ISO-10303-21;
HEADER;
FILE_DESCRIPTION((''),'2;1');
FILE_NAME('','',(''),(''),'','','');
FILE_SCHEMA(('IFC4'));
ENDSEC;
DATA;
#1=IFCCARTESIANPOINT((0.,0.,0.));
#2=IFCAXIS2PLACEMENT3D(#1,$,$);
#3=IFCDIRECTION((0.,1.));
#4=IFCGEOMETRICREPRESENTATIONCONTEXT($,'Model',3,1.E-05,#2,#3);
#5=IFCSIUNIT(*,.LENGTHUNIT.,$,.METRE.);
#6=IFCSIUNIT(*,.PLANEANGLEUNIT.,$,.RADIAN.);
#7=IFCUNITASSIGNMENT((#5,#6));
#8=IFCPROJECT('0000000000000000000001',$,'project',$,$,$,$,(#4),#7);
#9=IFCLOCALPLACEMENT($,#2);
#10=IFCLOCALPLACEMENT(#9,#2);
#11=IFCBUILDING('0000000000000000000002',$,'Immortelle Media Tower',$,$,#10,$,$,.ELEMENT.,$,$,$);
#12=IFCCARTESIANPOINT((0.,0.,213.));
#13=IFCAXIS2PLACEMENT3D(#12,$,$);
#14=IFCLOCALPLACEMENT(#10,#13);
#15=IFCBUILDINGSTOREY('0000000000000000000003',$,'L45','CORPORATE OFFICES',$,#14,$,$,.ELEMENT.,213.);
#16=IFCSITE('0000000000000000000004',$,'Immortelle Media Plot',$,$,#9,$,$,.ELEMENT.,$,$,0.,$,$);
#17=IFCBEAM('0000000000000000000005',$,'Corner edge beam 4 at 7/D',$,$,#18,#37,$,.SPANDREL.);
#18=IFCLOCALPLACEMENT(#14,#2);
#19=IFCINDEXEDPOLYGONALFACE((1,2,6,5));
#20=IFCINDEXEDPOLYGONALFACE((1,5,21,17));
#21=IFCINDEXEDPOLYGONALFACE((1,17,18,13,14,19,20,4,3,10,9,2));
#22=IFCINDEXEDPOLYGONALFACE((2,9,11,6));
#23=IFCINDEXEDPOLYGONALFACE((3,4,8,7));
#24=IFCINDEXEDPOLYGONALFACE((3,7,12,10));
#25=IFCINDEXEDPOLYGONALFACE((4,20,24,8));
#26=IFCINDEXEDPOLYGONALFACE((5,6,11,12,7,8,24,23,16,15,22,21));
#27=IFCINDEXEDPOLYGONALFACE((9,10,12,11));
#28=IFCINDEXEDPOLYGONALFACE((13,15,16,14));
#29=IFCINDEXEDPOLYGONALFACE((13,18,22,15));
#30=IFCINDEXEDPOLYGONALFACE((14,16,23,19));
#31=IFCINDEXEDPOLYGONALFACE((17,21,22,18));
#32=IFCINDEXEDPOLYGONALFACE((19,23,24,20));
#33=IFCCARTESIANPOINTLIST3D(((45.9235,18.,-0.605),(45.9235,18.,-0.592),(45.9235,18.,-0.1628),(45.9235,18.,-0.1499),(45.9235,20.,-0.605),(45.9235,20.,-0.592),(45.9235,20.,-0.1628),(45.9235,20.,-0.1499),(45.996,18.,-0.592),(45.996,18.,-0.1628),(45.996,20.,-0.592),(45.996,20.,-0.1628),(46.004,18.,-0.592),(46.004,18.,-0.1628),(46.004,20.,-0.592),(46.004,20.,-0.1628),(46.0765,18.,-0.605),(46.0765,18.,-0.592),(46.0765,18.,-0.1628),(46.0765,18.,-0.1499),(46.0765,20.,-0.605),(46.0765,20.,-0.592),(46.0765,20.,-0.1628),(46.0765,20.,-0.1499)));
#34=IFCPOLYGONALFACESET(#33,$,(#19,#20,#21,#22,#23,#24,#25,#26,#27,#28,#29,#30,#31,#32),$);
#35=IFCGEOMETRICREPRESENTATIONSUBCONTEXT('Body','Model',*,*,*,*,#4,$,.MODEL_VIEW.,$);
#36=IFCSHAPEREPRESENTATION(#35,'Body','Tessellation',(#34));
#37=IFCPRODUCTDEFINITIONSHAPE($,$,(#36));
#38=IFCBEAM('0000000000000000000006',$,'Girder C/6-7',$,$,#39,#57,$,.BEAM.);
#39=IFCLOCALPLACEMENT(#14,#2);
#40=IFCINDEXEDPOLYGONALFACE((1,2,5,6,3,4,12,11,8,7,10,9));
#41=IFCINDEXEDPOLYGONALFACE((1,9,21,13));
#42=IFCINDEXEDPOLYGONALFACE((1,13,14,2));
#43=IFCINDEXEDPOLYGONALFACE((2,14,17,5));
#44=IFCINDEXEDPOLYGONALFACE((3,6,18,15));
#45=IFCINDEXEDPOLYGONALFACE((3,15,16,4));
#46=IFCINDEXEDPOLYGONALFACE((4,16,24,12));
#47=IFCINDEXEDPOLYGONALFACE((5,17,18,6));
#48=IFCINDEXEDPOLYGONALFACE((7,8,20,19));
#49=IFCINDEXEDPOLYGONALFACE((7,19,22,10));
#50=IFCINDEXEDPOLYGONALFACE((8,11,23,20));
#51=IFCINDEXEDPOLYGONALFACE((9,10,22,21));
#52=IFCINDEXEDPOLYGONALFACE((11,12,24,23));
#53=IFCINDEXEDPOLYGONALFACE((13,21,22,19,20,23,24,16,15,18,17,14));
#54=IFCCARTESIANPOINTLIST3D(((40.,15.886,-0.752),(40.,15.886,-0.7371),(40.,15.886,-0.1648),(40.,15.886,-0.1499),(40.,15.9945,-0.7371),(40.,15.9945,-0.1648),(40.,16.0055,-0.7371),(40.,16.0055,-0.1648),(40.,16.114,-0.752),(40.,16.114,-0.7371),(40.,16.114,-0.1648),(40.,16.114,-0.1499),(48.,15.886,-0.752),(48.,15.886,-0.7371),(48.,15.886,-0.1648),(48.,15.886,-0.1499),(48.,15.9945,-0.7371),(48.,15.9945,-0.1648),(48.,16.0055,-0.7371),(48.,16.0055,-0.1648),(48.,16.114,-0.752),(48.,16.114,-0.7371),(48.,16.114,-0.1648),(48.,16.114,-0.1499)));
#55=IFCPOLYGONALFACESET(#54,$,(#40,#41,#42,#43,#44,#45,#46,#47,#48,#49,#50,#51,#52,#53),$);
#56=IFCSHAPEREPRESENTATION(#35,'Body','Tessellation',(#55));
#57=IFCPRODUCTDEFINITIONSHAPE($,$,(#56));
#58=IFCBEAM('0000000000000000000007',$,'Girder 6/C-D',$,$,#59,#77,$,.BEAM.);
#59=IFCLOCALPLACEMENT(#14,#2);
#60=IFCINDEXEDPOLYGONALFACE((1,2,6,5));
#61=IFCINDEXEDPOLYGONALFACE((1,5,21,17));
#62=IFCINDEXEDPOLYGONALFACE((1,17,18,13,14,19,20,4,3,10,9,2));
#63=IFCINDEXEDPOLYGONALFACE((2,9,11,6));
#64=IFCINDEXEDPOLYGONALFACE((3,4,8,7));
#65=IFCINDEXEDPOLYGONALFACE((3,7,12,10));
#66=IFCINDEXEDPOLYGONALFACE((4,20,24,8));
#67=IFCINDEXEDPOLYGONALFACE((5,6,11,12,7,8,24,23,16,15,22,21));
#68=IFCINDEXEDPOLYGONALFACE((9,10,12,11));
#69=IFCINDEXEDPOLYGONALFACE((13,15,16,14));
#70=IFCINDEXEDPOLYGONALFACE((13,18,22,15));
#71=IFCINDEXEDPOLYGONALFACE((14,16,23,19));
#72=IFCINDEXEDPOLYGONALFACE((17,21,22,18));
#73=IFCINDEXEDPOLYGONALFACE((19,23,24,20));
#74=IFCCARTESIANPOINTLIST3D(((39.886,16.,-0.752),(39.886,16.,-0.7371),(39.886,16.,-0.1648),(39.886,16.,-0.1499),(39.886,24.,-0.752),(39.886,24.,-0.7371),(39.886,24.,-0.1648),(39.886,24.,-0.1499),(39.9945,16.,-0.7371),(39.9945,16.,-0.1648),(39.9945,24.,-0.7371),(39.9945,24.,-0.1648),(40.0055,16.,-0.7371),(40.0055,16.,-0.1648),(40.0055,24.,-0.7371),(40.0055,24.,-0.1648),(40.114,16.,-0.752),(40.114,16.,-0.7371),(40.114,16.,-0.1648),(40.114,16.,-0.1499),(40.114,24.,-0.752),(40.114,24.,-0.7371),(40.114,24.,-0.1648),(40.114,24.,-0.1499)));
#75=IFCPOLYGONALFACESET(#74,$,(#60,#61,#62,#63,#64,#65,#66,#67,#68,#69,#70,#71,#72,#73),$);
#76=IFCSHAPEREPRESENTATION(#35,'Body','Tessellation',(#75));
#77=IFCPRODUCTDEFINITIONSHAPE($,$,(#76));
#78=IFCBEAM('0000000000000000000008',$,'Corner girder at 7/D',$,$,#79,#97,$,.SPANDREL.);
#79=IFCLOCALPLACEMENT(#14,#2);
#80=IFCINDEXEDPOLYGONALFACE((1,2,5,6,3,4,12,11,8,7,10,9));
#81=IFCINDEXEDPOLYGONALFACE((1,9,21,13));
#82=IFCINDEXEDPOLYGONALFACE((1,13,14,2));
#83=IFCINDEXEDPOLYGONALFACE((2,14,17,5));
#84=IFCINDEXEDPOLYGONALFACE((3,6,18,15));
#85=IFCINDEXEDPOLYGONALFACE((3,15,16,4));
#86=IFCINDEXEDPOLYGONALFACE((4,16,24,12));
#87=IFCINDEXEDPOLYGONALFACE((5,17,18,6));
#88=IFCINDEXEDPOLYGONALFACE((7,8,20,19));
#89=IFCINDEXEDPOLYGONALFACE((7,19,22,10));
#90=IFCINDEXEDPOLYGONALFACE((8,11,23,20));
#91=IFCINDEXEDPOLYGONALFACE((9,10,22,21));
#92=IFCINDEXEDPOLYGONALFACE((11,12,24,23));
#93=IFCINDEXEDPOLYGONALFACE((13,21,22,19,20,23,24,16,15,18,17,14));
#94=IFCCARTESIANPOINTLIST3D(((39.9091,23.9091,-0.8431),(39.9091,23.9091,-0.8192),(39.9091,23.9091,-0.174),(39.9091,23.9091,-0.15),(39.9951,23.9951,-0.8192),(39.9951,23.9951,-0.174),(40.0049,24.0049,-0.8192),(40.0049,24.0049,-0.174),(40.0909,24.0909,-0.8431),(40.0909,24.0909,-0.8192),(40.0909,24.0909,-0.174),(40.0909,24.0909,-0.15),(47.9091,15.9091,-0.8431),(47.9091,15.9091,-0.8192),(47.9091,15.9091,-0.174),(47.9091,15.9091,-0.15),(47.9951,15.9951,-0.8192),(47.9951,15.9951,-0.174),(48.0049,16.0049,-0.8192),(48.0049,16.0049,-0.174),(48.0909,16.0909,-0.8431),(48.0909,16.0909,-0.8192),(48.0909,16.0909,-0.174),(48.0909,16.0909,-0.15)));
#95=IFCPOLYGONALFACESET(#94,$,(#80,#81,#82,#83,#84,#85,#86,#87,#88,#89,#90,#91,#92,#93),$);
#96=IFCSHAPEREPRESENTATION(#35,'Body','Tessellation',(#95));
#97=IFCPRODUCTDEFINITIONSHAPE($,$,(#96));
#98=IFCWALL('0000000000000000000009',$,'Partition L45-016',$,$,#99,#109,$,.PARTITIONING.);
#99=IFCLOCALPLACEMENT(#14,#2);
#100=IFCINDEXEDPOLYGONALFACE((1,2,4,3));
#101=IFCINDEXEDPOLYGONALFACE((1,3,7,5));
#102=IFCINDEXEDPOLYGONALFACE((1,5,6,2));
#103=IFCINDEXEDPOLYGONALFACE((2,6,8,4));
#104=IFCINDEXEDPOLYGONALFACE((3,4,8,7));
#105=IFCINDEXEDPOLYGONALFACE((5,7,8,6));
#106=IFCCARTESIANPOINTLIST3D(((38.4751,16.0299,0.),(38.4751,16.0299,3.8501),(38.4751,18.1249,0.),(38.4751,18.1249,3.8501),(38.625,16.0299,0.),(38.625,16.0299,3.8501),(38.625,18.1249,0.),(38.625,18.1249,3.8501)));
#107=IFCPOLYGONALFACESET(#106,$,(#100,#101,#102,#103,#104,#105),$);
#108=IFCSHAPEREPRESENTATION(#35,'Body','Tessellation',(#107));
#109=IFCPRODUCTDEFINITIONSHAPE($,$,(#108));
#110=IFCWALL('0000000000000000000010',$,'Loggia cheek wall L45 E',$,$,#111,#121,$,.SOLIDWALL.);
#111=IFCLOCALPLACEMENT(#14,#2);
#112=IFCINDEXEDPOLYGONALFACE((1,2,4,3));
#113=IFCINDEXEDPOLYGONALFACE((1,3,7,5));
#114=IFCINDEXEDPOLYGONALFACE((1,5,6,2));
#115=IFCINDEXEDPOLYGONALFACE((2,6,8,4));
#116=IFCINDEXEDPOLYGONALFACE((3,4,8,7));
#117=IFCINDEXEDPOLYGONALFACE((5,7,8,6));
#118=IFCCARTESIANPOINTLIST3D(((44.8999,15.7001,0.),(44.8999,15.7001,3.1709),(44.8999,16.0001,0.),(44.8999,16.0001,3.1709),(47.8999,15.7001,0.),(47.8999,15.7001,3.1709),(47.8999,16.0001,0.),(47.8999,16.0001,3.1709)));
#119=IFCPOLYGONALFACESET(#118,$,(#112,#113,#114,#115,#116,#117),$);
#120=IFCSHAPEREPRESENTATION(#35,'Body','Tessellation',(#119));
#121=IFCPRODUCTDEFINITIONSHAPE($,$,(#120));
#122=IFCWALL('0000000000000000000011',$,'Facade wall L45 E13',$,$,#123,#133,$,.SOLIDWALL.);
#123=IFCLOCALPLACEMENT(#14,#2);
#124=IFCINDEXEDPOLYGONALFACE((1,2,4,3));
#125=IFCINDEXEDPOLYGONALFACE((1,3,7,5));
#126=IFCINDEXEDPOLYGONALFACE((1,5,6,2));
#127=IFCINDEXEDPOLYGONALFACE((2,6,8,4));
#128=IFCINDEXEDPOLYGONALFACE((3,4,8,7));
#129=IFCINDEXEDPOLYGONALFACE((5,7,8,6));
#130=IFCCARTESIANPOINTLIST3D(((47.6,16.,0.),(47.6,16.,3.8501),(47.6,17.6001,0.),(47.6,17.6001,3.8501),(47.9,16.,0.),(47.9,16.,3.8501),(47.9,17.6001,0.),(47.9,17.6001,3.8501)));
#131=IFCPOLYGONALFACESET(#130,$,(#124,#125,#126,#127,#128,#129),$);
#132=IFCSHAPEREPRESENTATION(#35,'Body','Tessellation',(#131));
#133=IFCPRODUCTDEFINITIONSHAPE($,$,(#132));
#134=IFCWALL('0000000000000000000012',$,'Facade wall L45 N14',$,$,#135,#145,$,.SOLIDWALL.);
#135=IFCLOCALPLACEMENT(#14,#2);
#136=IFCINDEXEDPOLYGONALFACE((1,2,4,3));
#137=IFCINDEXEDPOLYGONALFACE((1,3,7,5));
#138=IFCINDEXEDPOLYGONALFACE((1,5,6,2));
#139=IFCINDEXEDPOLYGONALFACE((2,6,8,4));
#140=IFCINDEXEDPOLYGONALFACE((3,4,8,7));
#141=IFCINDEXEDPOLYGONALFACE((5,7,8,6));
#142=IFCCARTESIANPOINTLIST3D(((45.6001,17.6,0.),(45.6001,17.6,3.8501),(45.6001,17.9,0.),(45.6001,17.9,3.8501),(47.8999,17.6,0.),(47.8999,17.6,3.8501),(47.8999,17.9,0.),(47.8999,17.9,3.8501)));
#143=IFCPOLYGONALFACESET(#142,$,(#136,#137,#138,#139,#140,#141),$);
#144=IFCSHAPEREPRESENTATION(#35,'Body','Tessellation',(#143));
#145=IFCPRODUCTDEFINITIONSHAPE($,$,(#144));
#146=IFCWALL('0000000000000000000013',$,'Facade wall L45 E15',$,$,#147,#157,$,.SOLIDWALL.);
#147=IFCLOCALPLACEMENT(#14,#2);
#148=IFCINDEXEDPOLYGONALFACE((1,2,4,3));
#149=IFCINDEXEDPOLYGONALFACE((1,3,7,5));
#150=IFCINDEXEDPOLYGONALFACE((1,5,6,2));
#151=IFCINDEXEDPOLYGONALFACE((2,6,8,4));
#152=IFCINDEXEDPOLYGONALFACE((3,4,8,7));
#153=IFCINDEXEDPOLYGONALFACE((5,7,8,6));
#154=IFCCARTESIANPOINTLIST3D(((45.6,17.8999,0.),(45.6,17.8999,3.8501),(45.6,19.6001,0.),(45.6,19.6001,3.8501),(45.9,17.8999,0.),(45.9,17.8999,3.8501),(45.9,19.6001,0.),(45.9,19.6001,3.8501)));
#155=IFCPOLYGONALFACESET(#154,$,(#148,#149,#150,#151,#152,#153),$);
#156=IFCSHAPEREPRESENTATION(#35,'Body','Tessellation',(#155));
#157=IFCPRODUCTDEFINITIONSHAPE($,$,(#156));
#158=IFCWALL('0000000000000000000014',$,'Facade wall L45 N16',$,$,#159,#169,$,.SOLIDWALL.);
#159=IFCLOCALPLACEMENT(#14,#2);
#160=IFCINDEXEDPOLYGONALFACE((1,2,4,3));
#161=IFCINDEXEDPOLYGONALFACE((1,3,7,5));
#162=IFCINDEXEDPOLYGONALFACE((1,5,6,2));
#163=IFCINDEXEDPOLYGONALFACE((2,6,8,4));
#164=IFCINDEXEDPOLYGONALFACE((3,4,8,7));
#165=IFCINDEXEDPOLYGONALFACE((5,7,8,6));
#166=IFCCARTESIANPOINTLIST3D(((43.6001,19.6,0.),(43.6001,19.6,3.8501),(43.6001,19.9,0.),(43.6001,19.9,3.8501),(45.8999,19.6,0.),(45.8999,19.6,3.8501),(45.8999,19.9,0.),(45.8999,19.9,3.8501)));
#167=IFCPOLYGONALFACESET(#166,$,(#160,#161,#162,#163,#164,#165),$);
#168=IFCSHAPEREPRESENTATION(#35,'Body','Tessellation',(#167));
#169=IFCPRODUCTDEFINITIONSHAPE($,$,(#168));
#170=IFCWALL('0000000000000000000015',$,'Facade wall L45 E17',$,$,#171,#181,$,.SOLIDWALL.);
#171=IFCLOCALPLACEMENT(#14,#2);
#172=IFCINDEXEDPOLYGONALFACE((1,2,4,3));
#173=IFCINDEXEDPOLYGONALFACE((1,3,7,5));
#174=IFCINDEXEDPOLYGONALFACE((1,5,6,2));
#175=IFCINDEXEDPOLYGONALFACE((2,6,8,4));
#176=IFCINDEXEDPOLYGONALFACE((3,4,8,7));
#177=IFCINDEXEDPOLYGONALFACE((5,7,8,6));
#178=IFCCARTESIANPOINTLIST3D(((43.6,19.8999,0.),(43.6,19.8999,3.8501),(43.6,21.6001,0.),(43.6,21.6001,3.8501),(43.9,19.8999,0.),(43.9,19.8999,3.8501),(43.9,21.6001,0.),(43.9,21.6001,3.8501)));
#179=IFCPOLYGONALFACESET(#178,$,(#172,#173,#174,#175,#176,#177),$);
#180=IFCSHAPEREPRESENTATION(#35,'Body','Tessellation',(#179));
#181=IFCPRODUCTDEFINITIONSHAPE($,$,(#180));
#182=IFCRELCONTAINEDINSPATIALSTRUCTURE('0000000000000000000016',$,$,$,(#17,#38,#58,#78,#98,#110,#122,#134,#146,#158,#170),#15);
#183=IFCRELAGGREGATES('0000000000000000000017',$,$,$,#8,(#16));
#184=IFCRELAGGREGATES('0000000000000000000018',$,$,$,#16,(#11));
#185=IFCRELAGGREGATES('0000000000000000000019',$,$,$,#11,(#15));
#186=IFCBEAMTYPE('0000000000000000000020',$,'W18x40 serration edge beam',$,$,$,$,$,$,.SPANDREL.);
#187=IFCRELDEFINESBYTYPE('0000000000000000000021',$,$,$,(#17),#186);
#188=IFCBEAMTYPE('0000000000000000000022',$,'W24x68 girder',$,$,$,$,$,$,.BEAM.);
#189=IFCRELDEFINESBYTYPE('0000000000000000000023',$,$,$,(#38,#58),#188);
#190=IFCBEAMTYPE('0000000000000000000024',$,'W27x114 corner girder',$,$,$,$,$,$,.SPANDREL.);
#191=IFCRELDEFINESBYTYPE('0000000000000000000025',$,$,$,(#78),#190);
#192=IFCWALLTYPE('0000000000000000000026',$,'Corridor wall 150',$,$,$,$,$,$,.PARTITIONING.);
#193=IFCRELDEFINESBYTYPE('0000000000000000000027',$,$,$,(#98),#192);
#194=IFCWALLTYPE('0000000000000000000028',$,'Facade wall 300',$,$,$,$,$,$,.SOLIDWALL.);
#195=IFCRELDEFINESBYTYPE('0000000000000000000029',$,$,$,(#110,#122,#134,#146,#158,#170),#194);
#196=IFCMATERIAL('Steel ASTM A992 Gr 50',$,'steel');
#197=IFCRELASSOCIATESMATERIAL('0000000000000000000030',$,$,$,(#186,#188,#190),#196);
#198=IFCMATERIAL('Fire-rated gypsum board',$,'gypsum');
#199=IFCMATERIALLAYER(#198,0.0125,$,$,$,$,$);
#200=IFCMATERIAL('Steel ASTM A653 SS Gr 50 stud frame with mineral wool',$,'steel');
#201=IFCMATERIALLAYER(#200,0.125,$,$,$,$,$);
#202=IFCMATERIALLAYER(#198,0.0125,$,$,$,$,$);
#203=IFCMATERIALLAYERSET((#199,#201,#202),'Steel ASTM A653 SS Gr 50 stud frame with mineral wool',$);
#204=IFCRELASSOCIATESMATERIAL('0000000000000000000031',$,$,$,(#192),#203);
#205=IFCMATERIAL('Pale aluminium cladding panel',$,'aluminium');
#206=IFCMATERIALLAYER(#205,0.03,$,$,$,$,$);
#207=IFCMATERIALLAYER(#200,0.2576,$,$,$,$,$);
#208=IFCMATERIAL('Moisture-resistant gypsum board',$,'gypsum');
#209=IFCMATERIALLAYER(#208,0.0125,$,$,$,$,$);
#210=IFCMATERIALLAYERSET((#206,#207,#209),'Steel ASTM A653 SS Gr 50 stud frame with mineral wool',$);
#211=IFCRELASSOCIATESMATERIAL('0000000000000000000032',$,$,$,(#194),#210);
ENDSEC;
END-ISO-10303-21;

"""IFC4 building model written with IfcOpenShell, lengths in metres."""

from ifc_helpers import new_model, si_unit, direction, frame, frame_2d, origin, origin_2d, place, context, subcontext, project, spatial, rectangle, i_section, extrude, material, layer, layer_set, material_profile, profile_set, type_object, element, save


model = new_model("IFC4")

# Units and contexts
model_context = context("Model", 3, precision=1e-05, world=origin(), true_north=direction((0.0, 1.0)))
body_context = subcontext(model_context, "Body", "Model", "MODEL_VIEW")
ifc_project = project(units=[si_unit("LENGTHUNIT", "METRE"), si_unit("PLANEANGLEUNIT", "RADIAN")], contexts=[model_context])

# Site, building, storey
site_placement = place(None, origin())
site = spatial("IfcSite", under=ifc_project, at=site_placement, Name="Immortelle Media Plot", CompositionType="ELEMENT", RefElevation=0.0)
building_placement = place(site_placement, origin())
building = spatial("IfcBuilding", under=site, at=building_placement, Name="Immortelle Media Tower", CompositionType="ELEMENT")
storey_placement = place(building_placement, frame((0.0, 0.0, 213.0)))
storey = spatial("IfcBuildingStorey", under=building, at=storey_placement, Name="L45", Description="CORPORATE OFFICES", CompositionType="ELEMENT", Elevation=213.0)

# Shared definitions
ifc_material_1 = material(Name="Steel ASTM A992 Gr 50", Category="steel")

# Beams
ifc_material_profile_1 = material_profile(ifc_material_1, i_section(OverallWidth=0.1531, OverallDepth=0.4551, WebThickness=0.0081, FlangeThickness=0.0129, at=origin_2d()), Name="W18x40")
ifc_profile_set_1 = profile_set([ifc_material_profile_1], Name="Steel ASTM A992 Gr 50")
beam_type_1 = type_object("IfcBeamType", Name="W18x40 serration edge beam", PredefinedType="SPANDREL", material=ifc_profile_set_1)
for number, where, z_axis, x_axis, name in (
    (1, (46.0, 20.0, -0.3774), (0.0, -1.0, 0.0), (1.0, 0.0, 0.0), "Corner edge beam 4 at 7/D"),
):
    element("IfcBeam", number, at=place(storey_placement, frame(where, z_axis=z_axis, x_axis=x_axis)), inside=storey, type_object=beam_type_1, Name=name, PredefinedType="SPANDREL", context=body_context, shape_type="SweptSolid", body=[
        extrude(i_section(OverallWidth=0.1531, OverallDepth=0.4551, WebThickness=0.0081, FlangeThickness=0.0129, at=origin_2d()), origin(), (0.0, 0.0, 1.0), 2.0),
    ])
ifc_material_profile_2 = material_profile(ifc_material_1, i_section(OverallWidth=0.228, OverallDepth=0.6021, WebThickness=0.011, FlangeThickness=0.0149, at=origin_2d()), Name="W24x68")
ifc_profile_set_2 = profile_set([ifc_material_profile_2], Name="Steel ASTM A992 Gr 50")
beam_type_2 = type_object("IfcBeamType", Name="W24x68 girder", PredefinedType="BEAM", material=ifc_profile_set_2)
for number, where, z_axis, x_axis, name in (
    (2, (40.0, 16.0, -0.4509), (1.0, 0.0, 0.0), (0.0, 1.0, 0.0), "Girder C/6-7"),
    (3, (40.0, 16.0, -0.4509), (0.0, 1.0, 0.0), (-1.0, 0.0, 0.0), "Girder 6/C-D"),
):
    element("IfcBeam", number, at=place(storey_placement, frame(where, z_axis=z_axis, x_axis=x_axis)), inside=storey, type_object=beam_type_2, Name=name, PredefinedType="BEAM", context=body_context, shape_type="SweptSolid", body=[
        extrude(i_section(OverallWidth=0.228, OverallDepth=0.6021, WebThickness=0.011, FlangeThickness=0.0149, at=origin_2d()), origin(), (0.0, 0.0, 1.0), 8.0),
    ])
ifc_material_profile_3 = material_profile(ifc_material_1, i_section(OverallWidth=0.2571, OverallDepth=0.6931, WebThickness=0.0139, FlangeThickness=0.0239, at=origin_2d()), Name="W27x114")
ifc_profile_set_3 = profile_set([ifc_material_profile_3], Name="Steel ASTM A992 Gr 50")
beam_type_3 = type_object("IfcBeamType", Name="W27x114 corner girder", PredefinedType="SPANDREL", material=ifc_profile_set_3)
beam_1_placement = place(storey_placement, frame((40.0, 24.0, -0.4966), z_axis=(0.707107, -0.707107, 0.0), x_axis=(0.707107, 0.707107, 0.0)))
element("IfcBeam", 4, at=beam_1_placement, inside=storey, type_object=beam_type_3, Name="Corner girder at 7/D", PredefinedType="SPANDREL", context=body_context, shape_type="SweptSolid", body=[
    extrude(i_section(OverallWidth=0.2571, OverallDepth=0.6931, WebThickness=0.0139, FlangeThickness=0.0239, at=origin_2d()), origin(), (0.0, 0.0, 1.0), 11.3137),
])

# Walls
ifc_material_2 = material(Name="Fire-rated gypsum board", Category="gypsum")
ifc_layer_1 = layer(ifc_material_2, 0.0125)
ifc_material_3 = material(Name="Steel ASTM A653 SS Gr 50 stud frame with mineral wool", Category="steel")
ifc_layer_2 = layer(ifc_material_3, 0.125)
ifc_layer_3 = layer(ifc_material_2, 0.0125)
ifc_layer_set_1 = layer_set([ifc_layer_1, ifc_layer_2, ifc_layer_3], Name="Steel ASTM A653 SS Gr 50 stud frame with mineral wool")
wall_type_1 = type_object("IfcWallType", Name="Corridor wall 150", PredefinedType="PARTITIONING", material=ifc_layer_set_1)
wall_1_placement = place(storey_placement, frame((38.55, 16.03, 0.0), z_axis=(0.0, 0.0, 1.0), x_axis=(0.0, 1.0, 0.0)))
element("IfcWall", 5, at=wall_1_placement, inside=storey, type_object=wall_type_1, Name="Partition L45-016", PredefinedType="PARTITIONING", context=body_context, shape_type="SweptSolid", body=[
    extrude(rectangle(XDim=2.095, YDim=0.1499, at=frame_2d((1.0474, 0.0))), origin(), (0.0, 0.0, 1.0), 3.8501),
])
ifc_material_4 = material(Name="Pale aluminium cladding panel", Category="aluminium")
ifc_layer_4 = layer(ifc_material_4, 0.03)
ifc_layer_5 = layer(ifc_material_3, 0.2576)
ifc_material_5 = material(Name="Moisture-resistant gypsum board", Category="gypsum")
ifc_layer_6 = layer(ifc_material_5, 0.0125)
ifc_layer_set_2 = layer_set([ifc_layer_4, ifc_layer_5, ifc_layer_6], Name="Steel ASTM A653 SS Gr 50 stud frame with mineral wool")
wall_type_2 = type_object("IfcWallType", Name="Facade wall 300", PredefinedType="SOLIDWALL", material=ifc_layer_set_2)
wall_2_placement = place(storey_placement, frame((47.8999, 15.8501, 0.0), z_axis=(0.0, 0.0, 1.0), x_axis=(-1.0, 0.0, 0.0)))
element("IfcWall", 6, at=wall_2_placement, inside=storey, type_object=wall_type_2, Name="Loggia cheek wall L45 E", PredefinedType="SOLIDWALL", context=body_context, shape_type="SweptSolid", body=[
    extrude(rectangle(XDim=3.0, YDim=0.3, at=frame_2d((1.5, 0.0))), origin(), (0.0, 0.0, 1.0), 3.1709),
])
wall_3_placement = place(storey_placement, frame((47.75, 16.0, 0.0), z_axis=(0.0, 0.0, 1.0), x_axis=(0.0, 1.0, 0.0)))
element("IfcWall", 7, at=wall_3_placement, inside=storey, type_object=wall_type_2, Name="Facade wall L45 E13", PredefinedType="SOLIDWALL", context=body_context, shape_type="SweptSolid", body=[
    extrude(rectangle(XDim=1.6001, YDim=0.3, at=frame_2d((0.8, 0.0))), origin(), (0.0, 0.0, 1.0), 3.8501),
])
wall_4_placement = place(storey_placement, frame((47.8999, 17.75, 0.0), z_axis=(0.0, 0.0, 1.0), x_axis=(-1.0, 0.0, 0.0)))
element("IfcWall", 8, at=wall_4_placement, inside=storey, type_object=wall_type_2, Name="Facade wall L45 N14", PredefinedType="SOLIDWALL", context=body_context, shape_type="SweptSolid", body=[
    extrude(rectangle(XDim=2.2998, YDim=0.3, at=frame_2d((1.1499, 0.0))), origin(), (0.0, 0.0, 1.0), 3.8501),
])
wall_5_placement = place(storey_placement, frame((45.75, 17.8999, 0.0), z_axis=(0.0, 0.0, 1.0), x_axis=(0.0, 1.0, 0.0)))
element("IfcWall", 9, at=wall_5_placement, inside=storey, type_object=wall_type_2, Name="Facade wall L45 E15", PredefinedType="SOLIDWALL", context=body_context, shape_type="SweptSolid", body=[
    extrude(rectangle(XDim=1.7002, YDim=0.3, at=frame_2d((0.8501, 0.0))), origin(), (0.0, 0.0, 1.0), 3.8501),
])
wall_6_placement = place(storey_placement, frame((45.8999, 19.75, 0.0), z_axis=(0.0, 0.0, 1.0), x_axis=(-1.0, 0.0, 0.0)))
element("IfcWall", 10, at=wall_6_placement, inside=storey, type_object=wall_type_2, Name="Facade wall L45 N16", PredefinedType="SOLIDWALL", context=body_context, shape_type="SweptSolid", body=[
    extrude(rectangle(XDim=2.2998, YDim=0.3, at=frame_2d((1.1499, 0.0))), origin(), (0.0, 0.0, 1.0), 3.8501),
])
wall_7_placement = place(storey_placement, frame((43.75, 19.8999, 0.0), z_axis=(0.0, 0.0, 1.0), x_axis=(0.0, 1.0, 0.0)))
element("IfcWall", 11, at=wall_7_placement, inside=storey, type_object=wall_type_2, Name="Facade wall L45 E17", PredefinedType="SOLIDWALL", context=body_context, shape_type="SweptSolid", body=[
    extrude(rectangle(XDim=1.7002, YDim=0.3, at=frame_2d((0.8501, 0.0))), origin(), (0.0, 0.0, 1.0), 3.8501),
])

save(model, "model.ifc")
